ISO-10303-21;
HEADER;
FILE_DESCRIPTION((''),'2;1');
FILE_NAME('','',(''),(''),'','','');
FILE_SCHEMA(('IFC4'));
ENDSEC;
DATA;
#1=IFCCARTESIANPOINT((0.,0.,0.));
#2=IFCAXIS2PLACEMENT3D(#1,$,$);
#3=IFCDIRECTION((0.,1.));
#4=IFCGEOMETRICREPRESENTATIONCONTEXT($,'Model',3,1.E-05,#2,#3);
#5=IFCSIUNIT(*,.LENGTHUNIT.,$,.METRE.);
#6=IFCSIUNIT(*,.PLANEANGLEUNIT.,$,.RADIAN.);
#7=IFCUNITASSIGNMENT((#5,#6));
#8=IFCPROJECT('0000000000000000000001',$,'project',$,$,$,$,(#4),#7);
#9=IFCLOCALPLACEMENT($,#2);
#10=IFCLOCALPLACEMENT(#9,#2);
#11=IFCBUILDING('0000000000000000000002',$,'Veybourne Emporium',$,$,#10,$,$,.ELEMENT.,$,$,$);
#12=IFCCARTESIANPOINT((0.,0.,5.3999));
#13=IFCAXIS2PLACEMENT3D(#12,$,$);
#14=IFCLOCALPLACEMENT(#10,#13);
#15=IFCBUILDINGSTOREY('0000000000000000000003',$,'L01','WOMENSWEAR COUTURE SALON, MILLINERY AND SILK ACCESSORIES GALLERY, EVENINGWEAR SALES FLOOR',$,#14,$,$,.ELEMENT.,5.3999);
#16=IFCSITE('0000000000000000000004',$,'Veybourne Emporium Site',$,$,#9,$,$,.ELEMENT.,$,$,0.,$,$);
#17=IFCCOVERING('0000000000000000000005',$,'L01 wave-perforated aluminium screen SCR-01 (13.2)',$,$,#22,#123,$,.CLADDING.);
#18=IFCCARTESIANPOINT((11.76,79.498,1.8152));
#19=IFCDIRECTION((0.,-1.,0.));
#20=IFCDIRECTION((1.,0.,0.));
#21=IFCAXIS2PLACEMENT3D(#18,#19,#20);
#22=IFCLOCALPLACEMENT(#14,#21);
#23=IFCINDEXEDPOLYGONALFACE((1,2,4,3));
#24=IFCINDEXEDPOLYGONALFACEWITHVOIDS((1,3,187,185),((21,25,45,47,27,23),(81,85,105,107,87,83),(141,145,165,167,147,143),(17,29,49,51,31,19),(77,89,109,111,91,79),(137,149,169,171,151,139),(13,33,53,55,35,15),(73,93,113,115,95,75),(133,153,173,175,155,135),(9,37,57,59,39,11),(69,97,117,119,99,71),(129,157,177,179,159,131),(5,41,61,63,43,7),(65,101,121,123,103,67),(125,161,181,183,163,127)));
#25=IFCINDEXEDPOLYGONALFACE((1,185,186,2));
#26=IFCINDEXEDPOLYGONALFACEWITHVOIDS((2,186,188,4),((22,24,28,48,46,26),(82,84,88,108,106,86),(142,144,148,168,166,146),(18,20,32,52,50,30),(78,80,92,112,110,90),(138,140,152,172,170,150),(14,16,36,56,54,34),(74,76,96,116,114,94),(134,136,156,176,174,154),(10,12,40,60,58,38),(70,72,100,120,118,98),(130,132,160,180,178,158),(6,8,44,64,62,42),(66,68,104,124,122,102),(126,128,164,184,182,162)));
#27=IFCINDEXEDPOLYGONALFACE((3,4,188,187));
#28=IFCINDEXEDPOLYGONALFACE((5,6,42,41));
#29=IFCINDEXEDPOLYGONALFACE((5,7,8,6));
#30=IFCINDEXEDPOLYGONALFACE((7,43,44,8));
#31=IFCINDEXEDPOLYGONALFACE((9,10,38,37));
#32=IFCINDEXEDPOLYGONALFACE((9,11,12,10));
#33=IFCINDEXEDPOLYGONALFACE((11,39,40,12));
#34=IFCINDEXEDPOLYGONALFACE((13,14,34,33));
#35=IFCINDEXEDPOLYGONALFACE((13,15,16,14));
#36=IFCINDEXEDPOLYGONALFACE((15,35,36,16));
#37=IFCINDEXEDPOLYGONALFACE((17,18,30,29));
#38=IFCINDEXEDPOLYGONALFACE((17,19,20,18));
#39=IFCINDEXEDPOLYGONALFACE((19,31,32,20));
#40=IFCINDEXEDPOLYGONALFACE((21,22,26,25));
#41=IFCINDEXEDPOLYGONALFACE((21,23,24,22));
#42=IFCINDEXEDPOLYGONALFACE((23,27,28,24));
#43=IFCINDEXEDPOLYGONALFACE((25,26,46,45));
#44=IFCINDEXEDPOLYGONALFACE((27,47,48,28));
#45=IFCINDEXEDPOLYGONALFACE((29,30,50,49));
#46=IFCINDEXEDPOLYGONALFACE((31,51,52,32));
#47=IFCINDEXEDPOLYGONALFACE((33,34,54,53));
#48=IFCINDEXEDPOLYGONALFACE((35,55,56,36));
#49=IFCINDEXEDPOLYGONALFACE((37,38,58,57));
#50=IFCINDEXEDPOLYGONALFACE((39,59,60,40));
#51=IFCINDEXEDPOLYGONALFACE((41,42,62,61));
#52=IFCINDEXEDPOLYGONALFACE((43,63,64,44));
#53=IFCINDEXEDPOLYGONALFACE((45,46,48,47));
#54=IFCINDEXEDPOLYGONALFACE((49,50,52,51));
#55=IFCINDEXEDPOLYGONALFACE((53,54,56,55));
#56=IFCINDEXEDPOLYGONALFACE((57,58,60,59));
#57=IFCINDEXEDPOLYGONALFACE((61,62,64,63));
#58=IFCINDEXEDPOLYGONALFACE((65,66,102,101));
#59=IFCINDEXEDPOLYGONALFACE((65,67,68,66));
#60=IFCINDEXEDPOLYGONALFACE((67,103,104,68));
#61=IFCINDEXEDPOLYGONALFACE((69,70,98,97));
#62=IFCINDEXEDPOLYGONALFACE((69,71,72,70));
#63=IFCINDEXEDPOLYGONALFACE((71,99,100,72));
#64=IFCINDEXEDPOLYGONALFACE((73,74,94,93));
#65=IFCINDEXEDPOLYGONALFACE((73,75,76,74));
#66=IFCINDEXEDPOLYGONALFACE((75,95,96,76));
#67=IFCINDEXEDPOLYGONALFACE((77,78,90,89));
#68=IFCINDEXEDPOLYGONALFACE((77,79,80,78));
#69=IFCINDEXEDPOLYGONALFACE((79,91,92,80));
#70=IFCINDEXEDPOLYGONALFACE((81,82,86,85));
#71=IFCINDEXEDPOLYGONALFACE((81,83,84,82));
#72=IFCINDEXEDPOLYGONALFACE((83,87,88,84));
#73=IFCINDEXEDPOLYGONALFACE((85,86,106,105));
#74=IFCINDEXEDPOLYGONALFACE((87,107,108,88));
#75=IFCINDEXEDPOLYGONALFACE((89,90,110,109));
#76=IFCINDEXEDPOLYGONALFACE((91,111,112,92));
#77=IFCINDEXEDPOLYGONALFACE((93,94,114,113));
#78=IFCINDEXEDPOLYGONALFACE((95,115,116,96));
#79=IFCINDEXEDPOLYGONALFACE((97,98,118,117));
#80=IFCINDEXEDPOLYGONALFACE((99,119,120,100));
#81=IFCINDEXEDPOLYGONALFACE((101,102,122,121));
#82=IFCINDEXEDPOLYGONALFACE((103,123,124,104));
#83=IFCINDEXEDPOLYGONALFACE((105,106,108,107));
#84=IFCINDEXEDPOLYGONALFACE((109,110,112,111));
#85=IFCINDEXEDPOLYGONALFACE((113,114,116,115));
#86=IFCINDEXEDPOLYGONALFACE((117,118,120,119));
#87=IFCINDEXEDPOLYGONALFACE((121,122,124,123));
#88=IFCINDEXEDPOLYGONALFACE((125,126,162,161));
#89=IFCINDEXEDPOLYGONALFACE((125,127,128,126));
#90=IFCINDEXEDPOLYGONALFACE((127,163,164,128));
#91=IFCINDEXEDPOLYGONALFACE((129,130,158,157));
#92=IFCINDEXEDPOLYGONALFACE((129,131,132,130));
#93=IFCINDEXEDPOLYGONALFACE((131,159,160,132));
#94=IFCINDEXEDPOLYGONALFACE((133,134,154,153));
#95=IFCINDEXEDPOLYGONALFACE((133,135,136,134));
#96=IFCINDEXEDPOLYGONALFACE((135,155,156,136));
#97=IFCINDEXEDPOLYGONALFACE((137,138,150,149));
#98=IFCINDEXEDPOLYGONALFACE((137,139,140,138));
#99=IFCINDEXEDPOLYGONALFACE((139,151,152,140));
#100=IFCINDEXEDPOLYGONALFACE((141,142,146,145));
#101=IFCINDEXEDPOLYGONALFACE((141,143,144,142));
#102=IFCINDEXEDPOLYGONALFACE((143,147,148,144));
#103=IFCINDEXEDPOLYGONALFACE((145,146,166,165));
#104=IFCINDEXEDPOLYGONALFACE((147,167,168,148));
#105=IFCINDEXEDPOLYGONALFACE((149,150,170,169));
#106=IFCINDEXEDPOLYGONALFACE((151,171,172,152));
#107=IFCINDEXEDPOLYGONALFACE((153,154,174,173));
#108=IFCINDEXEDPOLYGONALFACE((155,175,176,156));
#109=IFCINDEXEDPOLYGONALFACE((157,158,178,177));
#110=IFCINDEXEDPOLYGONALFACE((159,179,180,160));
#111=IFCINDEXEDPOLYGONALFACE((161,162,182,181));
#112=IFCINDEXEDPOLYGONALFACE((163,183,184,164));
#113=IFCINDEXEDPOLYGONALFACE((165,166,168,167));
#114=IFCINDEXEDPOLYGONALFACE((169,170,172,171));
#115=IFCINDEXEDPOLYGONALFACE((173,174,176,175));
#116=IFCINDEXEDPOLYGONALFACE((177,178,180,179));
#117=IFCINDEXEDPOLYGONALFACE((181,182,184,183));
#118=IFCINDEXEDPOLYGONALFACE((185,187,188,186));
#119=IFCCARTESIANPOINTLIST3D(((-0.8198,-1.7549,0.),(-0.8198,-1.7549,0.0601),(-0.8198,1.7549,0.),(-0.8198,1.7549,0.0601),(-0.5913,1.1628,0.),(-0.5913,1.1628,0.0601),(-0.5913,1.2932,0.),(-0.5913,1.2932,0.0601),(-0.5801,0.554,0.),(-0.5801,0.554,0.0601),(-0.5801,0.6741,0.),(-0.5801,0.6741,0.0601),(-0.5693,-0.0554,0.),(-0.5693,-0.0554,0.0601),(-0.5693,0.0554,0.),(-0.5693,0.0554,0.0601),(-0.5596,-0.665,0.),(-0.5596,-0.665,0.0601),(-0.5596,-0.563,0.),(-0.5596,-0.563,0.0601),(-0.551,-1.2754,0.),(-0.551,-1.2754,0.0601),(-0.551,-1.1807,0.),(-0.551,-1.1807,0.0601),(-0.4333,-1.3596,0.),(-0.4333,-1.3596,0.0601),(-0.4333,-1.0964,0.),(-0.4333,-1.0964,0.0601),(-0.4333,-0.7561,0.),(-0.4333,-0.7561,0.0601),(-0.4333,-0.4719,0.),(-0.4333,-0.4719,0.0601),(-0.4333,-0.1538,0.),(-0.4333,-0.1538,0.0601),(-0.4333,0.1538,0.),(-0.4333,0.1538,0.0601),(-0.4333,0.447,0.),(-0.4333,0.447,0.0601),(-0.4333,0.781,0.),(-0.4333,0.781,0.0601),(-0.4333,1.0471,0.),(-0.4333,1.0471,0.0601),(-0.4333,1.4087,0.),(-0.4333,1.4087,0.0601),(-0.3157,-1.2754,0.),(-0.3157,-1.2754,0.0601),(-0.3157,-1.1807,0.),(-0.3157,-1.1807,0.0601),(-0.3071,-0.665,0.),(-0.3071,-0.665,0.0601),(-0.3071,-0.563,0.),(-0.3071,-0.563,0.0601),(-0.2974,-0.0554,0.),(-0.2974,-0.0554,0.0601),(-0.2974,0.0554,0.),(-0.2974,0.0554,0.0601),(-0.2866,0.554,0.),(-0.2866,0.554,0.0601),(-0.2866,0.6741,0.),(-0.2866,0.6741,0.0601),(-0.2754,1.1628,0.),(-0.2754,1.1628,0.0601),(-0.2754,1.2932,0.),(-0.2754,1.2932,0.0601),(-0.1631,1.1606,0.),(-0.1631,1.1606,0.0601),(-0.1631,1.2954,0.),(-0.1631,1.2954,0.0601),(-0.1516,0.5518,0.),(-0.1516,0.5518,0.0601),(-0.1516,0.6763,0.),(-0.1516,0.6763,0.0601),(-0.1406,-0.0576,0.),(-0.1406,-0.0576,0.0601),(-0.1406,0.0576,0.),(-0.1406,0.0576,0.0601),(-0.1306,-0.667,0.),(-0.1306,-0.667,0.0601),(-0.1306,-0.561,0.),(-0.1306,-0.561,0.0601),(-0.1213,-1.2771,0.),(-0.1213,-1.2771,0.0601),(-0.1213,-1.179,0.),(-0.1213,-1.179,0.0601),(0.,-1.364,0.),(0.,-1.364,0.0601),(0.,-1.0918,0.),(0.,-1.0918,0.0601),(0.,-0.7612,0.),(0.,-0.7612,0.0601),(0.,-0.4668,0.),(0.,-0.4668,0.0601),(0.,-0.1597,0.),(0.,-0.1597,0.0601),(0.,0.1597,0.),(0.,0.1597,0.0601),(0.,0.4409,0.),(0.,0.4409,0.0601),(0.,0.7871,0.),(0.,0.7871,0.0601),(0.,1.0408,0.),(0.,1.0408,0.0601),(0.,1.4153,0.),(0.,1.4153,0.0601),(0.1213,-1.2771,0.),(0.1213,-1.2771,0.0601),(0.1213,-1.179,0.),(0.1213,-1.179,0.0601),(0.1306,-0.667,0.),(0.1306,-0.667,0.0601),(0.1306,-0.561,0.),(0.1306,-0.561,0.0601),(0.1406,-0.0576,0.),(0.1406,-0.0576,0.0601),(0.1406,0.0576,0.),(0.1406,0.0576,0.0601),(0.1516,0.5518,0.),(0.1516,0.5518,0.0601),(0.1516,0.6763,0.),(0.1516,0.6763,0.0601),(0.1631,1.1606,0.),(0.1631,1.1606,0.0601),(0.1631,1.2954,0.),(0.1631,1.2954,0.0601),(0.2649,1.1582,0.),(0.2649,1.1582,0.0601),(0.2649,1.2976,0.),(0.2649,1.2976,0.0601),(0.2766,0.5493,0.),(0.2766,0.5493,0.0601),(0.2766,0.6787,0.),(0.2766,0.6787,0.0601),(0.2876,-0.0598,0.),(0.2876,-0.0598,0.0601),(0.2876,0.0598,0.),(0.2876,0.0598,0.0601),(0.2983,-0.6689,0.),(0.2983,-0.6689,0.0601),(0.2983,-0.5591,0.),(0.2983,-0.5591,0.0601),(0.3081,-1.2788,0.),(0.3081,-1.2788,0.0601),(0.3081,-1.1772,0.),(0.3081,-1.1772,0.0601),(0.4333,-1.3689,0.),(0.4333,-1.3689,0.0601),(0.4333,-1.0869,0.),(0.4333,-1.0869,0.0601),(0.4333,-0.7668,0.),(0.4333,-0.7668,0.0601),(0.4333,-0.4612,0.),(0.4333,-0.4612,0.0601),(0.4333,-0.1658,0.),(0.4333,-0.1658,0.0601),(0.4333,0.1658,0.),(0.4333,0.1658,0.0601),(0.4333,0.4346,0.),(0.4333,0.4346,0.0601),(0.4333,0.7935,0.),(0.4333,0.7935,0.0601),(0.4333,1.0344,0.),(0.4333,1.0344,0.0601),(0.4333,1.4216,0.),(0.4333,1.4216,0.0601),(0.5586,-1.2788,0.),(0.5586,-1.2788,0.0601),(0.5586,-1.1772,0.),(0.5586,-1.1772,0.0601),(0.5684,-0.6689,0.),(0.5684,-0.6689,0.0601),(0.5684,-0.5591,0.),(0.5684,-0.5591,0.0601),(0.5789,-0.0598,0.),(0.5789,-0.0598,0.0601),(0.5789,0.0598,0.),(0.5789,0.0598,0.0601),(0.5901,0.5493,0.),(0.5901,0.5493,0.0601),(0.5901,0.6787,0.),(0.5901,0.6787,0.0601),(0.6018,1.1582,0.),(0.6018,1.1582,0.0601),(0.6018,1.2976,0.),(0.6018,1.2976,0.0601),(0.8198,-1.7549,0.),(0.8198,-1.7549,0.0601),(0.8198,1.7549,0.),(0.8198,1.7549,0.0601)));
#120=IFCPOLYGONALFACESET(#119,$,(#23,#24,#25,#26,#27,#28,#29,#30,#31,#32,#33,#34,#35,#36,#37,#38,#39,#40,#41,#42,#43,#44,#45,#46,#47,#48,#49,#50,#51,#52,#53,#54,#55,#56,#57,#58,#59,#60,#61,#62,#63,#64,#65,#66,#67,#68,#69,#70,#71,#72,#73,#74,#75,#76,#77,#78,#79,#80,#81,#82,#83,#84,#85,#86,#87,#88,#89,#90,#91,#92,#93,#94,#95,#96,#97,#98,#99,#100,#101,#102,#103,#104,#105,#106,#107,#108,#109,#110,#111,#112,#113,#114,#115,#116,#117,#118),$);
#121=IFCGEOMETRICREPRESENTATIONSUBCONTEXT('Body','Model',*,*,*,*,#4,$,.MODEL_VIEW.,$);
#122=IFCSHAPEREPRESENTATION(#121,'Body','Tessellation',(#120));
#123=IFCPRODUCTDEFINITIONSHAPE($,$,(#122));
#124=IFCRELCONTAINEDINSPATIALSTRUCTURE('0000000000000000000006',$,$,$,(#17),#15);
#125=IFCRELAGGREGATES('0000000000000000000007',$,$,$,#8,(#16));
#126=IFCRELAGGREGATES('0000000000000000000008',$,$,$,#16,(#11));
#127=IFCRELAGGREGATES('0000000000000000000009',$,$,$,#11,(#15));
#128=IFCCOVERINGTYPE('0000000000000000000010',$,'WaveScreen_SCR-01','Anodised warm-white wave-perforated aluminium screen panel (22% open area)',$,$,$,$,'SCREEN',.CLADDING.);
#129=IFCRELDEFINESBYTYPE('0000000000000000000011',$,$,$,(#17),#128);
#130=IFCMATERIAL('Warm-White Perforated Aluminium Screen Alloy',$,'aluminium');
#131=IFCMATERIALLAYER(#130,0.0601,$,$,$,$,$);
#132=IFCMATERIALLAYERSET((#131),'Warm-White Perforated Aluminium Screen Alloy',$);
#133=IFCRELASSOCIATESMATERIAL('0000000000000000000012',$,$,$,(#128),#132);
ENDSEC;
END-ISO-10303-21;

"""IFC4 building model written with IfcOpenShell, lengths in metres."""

from ifc_helpers import new_model, si_unit, direction, frame, origin, place, context, subcontext, project, spatial, polyline, outline, extrude, material, layer, layer_set, type_object, element, save


model = new_model("IFC4")

# Units and contexts
model_context = context("Model", 3, precision=1e-05, world=origin(), true_north=direction((0.0, 1.0)))
body_context = subcontext(model_context, "Body", "Model", "MODEL_VIEW")
ifc_project = project(units=[si_unit("LENGTHUNIT", "METRE"), si_unit("PLANEANGLEUNIT", "RADIAN")], contexts=[model_context])

# Site, building, storey
site_placement = place(None, origin())
site = spatial("IfcSite", under=ifc_project, at=site_placement, Name="Veybourne Emporium Site", CompositionType="ELEMENT", RefElevation=0.0)
building_placement = place(site_placement, origin())
building = spatial("IfcBuilding", under=site, at=building_placement, Name="Veybourne Emporium", CompositionType="ELEMENT")
storey_placement = place(building_placement, frame((0.0, 0.0, 5.3999)))
storey = spatial("IfcBuildingStorey", under=building, at=storey_placement, Name="L01", Description="WOMENSWEAR COUTURE SALON, MILLINERY AND SILK ACCESSORIES GALLERY, EVENINGWEAR SALES FLOOR", CompositionType="ELEMENT", Elevation=5.3999)

# Covering
ifc_material_1 = material(Name="Warm-White Perforated Aluminium Screen Alloy", Category="aluminium")
ifc_layer_1 = layer(ifc_material_1, 0.0601)
ifc_layer_set_1 = layer_set([ifc_layer_1], Name="Warm-White Perforated Aluminium Screen Alloy")
covering_type_1 = type_object("IfcCoveringType", Name="WaveScreen_SCR-01", Description="Anodised warm-white wave-perforated aluminium screen panel (22% open area)", ElementType="SCREEN", PredefinedType="CLADDING", material=ifc_layer_set_1)
covering_1_placement = place(storey_placement, frame((11.76, 79.498, 1.8152), z_axis=(0.0, -1.0, 0.0), x_axis=(1.0, 0.0, 0.0)))
element("IfcCovering", 1, at=covering_1_placement, inside=storey, type_object=covering_type_1, Name="L01 wave-perforated aluminium screen SCR-01 (13.2)", PredefinedType="CLADDING", context=body_context, shape_type="SweptSolid", body=[
    extrude(outline(polyline([(-0.8198, -1.7549), (0.8198, -1.7549), (0.8198, 1.7549), (-0.8198, 1.7549), (-0.8198, -1.7549)]), holes=[polyline([(-0.4333, -1.0964), (-0.3157, -1.1807), (-0.3157, -1.2754), (-0.4333, -1.3596), (-0.551, -1.2754), (-0.551, -1.1807), (-0.4333, -1.0964)]), polyline([(-0.4333, -0.4719), (-0.3071, -0.563), (-0.3071, -0.665), (-0.4333, -0.7561), (-0.5596, -0.665), (-0.5596, -0.563), (-0.4333, -0.4719)]), polyline([(-0.4333, 0.1538), (-0.2974, 0.0554), (-0.2974, -0.0554), (-0.4333, -0.1538), (-0.5693, -0.0554), (-0.5693, 0.0554), (-0.4333, 0.1538)]), polyline([(-0.4333, 0.781), (-0.2866, 0.6741), (-0.2866, 0.554), (-0.4333, 0.447), (-0.5801, 0.554), (-0.5801, 0.6741), (-0.4333, 0.781)]), polyline([(-0.4333, 1.4087), (-0.2754, 1.2932), (-0.2754, 1.1628), (-0.4333, 1.0471), (-0.5913, 1.1628), (-0.5913, 1.2932), (-0.4333, 1.4087)]), polyline([(0.0, -1.0918), (0.1213, -1.179), (0.1213, -1.2771), (0.0, -1.364), (-0.1213, -1.2771), (-0.1213, -1.179), (0.0, -1.0918)]), polyline([(0.0, -0.4668), (0.1306, -0.561), (0.1306, -0.667), (0.0, -0.7612), (-0.1306, -0.667), (-0.1306, -0.561), (0.0, -0.4668)]), polyline([(0.0, 0.1597), (0.1406, 0.0576), (0.1406, -0.0576), (0.0, -0.1597), (-0.1406, -0.0576), (-0.1406, 0.0576), (0.0, 0.1597)]), polyline([(0.0, 0.7871), (0.1516, 0.6763), (0.1516, 0.5518), (0.0, 0.4409), (-0.1516, 0.5518), (-0.1516, 0.6763), (0.0, 0.7871)]), polyline([(0.0, 1.4153), (0.1631, 1.2954), (0.1631, 1.1606), (0.0, 1.0408), (-0.1631, 1.1606), (-0.1631, 1.2954), (0.0, 1.4153)]), polyline([(0.4333, -1.0869), (0.5586, -1.1772), (0.5586, -1.2788), (0.4333, -1.3689), (0.3081, -1.2788), (0.3081, -1.1772), (0.4333, -1.0869)]), polyline([(0.4333, -0.4612), (0.5684, -0.5591), (0.5684, -0.6689), (0.4333, -0.7668), (0.2983, -0.6689), (0.2983, -0.5591), (0.4333, -0.4612)]), polyline([(0.4333, 0.1658), (0.5789, 0.0598), (0.5789, -0.0598), (0.4333, -0.1658), (0.2876, -0.0598), (0.2876, 0.0598), (0.4333, 0.1658)]), polyline([(0.4333, 0.7935), (0.5901, 0.6787), (0.5901, 0.5493), (0.4333, 0.4346), (0.2766, 0.5493), (0.2766, 0.6787), (0.4333, 0.7935)]), polyline([(0.4333, 1.4216), (0.6018, 1.2976), (0.6018, 1.1582), (0.4333, 1.0344), (0.2649, 1.1582), (0.2649, 1.2976), (0.4333, 1.4216)])]), origin(), (0.0, 0.0, 1.0), 0.0601),
])

save(model, "model.ifc")
